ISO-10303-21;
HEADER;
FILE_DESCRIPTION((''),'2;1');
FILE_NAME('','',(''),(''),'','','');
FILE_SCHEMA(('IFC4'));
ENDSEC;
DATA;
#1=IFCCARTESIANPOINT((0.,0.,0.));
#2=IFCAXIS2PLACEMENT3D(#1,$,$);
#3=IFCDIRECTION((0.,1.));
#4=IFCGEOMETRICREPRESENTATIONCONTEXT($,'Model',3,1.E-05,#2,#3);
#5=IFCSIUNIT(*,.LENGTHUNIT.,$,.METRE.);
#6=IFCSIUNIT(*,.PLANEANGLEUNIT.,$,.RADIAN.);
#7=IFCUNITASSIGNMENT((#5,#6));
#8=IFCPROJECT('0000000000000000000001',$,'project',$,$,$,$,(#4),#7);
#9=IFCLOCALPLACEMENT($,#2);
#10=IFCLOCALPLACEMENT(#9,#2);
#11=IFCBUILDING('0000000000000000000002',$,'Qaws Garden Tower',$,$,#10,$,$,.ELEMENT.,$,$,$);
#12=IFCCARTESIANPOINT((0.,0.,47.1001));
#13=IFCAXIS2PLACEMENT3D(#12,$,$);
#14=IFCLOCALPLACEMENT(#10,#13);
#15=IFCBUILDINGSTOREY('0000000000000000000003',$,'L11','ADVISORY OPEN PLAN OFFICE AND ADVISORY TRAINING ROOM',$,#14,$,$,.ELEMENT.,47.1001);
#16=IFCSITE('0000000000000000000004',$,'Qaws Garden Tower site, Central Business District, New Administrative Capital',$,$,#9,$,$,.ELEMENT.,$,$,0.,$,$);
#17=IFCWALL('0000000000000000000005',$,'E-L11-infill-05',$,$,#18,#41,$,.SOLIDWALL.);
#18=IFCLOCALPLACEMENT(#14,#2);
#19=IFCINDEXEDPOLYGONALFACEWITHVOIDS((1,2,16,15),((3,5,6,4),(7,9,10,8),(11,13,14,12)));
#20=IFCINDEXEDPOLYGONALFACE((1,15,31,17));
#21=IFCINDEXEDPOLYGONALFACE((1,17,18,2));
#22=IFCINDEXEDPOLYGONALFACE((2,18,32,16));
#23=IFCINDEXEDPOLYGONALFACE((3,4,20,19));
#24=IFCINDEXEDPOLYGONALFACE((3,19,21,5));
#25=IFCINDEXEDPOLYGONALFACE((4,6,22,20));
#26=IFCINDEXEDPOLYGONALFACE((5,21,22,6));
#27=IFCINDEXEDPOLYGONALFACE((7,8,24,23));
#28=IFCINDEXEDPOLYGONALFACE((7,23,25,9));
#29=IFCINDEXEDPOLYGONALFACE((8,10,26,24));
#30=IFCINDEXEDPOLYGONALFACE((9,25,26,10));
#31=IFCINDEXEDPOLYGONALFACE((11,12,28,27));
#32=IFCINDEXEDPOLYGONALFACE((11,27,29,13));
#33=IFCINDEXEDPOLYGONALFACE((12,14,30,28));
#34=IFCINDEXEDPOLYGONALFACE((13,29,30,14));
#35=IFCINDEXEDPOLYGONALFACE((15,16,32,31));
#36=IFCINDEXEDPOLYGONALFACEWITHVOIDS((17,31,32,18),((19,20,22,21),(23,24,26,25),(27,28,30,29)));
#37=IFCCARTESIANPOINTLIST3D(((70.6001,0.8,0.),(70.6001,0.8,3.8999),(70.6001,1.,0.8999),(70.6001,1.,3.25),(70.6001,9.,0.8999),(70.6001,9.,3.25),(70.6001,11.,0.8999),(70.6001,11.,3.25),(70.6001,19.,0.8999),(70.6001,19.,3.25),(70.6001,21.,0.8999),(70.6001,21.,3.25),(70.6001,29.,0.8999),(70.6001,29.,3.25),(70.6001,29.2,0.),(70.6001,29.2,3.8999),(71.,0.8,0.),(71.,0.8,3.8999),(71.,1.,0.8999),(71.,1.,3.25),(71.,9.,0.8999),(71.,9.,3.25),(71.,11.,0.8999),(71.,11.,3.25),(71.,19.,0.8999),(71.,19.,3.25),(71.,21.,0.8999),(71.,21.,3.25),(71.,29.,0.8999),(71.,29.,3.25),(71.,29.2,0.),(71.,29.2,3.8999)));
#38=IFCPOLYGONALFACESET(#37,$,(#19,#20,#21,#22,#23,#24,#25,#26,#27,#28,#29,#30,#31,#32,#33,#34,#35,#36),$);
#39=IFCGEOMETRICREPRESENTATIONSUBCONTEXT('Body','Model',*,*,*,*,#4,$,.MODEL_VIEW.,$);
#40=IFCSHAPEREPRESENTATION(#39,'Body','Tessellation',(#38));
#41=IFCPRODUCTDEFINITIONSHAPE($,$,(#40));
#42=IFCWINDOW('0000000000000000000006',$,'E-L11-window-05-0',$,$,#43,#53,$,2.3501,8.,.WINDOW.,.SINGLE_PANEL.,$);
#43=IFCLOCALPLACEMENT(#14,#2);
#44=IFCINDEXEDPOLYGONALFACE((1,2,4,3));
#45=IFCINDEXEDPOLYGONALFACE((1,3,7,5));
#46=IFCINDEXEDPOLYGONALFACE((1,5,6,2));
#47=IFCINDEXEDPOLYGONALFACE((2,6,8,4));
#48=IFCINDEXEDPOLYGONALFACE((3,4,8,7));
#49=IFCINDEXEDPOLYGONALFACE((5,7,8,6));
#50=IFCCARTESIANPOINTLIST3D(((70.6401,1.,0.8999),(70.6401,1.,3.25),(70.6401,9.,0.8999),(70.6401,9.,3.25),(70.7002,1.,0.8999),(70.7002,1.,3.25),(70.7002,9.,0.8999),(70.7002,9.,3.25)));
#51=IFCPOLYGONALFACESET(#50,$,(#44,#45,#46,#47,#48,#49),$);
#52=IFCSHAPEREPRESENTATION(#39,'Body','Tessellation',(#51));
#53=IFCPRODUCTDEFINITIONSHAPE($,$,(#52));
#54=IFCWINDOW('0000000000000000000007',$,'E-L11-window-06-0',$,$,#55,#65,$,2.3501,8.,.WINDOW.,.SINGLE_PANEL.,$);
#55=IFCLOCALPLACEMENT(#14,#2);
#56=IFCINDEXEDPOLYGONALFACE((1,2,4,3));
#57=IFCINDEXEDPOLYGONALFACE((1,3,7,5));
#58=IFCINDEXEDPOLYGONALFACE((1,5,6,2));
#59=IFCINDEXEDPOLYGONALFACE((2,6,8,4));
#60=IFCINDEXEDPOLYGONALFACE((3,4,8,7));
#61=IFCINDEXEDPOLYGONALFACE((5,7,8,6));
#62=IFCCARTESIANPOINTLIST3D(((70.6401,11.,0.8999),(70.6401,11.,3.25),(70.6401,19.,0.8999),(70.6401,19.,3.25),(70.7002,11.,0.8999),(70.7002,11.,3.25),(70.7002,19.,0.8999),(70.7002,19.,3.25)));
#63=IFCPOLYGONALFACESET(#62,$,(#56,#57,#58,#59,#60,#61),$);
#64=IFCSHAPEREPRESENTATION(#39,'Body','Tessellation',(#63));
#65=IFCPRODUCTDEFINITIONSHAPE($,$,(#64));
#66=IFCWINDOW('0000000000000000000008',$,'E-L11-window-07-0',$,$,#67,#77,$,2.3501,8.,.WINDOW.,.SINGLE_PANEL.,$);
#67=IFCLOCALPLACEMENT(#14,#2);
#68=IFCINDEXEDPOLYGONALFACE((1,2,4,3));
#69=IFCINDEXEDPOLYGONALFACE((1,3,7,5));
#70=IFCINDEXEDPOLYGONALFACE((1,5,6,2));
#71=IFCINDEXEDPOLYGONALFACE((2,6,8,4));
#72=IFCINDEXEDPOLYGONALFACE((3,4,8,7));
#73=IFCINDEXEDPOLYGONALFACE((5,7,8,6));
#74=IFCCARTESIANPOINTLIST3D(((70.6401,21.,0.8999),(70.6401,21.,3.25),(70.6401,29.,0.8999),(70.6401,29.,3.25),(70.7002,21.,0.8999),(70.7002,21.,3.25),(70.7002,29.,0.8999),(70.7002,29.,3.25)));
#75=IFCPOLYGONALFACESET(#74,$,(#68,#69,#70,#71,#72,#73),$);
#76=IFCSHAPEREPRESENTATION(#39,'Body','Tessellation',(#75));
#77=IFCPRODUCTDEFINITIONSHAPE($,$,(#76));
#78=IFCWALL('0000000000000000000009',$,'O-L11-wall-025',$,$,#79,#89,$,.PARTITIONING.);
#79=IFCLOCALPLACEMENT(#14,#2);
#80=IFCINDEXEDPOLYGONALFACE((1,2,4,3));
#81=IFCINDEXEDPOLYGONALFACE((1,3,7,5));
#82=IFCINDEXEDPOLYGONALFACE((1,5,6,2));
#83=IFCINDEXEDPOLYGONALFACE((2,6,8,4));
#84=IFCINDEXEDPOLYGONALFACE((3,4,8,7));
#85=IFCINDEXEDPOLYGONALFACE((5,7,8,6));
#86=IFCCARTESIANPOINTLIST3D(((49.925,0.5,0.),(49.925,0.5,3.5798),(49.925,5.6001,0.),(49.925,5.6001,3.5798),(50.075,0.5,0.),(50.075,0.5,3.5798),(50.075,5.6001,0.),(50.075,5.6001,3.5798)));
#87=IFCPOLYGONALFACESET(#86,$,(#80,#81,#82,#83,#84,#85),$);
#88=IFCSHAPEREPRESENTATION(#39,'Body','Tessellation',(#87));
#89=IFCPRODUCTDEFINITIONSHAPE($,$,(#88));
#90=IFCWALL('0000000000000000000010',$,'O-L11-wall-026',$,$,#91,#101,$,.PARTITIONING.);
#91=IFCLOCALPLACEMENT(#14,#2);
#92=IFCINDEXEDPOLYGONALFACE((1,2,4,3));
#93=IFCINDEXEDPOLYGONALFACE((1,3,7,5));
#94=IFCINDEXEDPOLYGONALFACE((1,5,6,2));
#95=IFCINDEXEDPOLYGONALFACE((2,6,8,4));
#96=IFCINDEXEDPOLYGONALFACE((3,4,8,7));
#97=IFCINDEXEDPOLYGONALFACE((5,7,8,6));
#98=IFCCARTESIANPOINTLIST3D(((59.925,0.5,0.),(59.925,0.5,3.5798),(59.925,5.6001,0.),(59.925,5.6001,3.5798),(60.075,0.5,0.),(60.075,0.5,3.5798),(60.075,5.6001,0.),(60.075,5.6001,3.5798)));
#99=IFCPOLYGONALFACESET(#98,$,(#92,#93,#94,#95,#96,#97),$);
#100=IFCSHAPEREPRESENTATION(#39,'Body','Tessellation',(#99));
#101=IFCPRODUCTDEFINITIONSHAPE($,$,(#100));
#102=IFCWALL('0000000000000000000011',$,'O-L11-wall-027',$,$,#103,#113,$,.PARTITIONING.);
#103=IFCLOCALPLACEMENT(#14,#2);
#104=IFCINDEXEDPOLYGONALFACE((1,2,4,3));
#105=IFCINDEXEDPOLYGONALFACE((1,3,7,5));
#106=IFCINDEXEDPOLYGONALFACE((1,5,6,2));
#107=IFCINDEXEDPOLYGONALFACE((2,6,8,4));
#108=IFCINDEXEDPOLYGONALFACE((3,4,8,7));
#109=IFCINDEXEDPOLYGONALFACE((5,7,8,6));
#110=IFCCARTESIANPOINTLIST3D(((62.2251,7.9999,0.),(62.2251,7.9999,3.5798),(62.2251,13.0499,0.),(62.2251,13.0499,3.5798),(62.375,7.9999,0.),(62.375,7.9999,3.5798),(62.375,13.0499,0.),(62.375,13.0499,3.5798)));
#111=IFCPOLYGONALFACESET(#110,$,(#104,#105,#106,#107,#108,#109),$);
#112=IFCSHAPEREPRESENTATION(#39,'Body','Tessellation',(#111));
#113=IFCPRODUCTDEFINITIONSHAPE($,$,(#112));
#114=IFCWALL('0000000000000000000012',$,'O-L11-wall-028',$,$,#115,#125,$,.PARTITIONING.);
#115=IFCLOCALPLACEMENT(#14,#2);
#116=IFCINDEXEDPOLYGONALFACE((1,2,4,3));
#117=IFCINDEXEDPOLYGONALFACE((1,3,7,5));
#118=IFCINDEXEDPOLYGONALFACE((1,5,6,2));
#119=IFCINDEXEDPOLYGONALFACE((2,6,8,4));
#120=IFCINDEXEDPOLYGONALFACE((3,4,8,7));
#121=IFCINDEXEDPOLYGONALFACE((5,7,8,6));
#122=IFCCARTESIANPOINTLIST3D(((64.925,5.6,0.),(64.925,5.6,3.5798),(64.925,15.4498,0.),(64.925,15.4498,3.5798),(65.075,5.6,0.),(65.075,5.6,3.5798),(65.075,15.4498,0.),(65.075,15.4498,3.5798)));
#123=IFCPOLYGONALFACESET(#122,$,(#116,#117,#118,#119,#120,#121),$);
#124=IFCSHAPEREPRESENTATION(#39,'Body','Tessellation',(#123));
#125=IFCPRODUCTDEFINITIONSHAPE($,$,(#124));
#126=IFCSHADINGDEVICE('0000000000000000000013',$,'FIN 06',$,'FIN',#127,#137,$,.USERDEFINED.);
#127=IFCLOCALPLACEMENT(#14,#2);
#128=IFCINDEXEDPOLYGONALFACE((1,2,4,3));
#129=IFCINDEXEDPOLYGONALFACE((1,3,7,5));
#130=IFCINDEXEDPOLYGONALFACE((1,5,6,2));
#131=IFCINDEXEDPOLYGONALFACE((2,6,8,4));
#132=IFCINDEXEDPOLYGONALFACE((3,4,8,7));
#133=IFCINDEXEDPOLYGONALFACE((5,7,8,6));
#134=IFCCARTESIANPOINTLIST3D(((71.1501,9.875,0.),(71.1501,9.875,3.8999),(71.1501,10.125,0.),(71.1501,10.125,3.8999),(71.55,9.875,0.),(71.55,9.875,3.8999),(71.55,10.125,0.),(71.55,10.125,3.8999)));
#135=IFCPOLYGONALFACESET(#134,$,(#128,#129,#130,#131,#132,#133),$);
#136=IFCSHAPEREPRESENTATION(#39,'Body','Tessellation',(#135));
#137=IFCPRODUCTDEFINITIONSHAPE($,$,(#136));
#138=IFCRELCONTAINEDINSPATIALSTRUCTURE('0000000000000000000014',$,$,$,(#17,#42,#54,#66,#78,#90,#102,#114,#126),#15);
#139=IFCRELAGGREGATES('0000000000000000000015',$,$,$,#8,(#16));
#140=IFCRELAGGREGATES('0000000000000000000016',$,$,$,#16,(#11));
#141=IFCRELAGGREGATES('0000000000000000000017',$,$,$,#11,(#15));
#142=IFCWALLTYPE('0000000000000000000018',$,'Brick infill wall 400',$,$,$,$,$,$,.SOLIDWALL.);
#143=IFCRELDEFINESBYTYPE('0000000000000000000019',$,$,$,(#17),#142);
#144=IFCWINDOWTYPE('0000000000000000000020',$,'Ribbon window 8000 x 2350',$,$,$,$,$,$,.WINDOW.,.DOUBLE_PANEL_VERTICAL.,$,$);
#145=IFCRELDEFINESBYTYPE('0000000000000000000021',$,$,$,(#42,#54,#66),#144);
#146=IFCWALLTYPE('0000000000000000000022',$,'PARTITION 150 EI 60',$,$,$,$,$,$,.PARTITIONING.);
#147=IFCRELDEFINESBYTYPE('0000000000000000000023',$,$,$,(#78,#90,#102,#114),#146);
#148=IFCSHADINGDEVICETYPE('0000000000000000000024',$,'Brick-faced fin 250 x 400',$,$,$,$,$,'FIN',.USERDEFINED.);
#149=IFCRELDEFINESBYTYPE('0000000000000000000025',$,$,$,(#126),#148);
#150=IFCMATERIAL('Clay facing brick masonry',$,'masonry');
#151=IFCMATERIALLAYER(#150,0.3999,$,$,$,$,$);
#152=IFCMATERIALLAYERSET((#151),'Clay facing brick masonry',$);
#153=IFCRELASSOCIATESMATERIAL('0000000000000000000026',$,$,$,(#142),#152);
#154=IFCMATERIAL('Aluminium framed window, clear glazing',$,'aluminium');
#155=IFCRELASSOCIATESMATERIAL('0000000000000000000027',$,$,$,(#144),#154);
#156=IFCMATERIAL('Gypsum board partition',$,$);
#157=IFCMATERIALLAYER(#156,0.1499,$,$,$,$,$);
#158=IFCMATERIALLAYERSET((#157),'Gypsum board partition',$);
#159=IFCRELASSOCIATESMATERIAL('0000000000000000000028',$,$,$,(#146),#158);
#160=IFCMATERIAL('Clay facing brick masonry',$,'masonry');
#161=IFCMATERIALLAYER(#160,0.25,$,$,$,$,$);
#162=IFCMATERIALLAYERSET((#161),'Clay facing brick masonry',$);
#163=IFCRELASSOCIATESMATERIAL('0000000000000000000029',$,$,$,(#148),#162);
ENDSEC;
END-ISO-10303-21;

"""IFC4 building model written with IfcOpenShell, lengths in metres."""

from ifc_helpers import new_model, si_unit, direction, frame, frame_2d, origin, origin_2d, place, context, subcontext, project, spatial, rectangle, extrude, material, layer, layer_set, type_object, element, fill, save


model = new_model("IFC4")

# Units and contexts
model_context = context("Model", 3, precision=1e-05, world=origin(), true_north=direction((0.0, 1.0)))
body_context = subcontext(model_context, "Body", "Model", "MODEL_VIEW")
ifc_project = project(units=[si_unit("LENGTHUNIT", "METRE"), si_unit("PLANEANGLEUNIT", "RADIAN")], contexts=[model_context])

# Site, building, storey
site_placement = place(None, origin())
site = spatial("IfcSite", under=ifc_project, at=site_placement, Name="Qaws Garden Tower site, Central Business District, New Administrative Capital", CompositionType="ELEMENT", RefElevation=0.0)
building_placement = place(site_placement, origin())
building = spatial("IfcBuilding", under=site, at=building_placement, Name="Qaws Garden Tower", CompositionType="ELEMENT")
storey_placement = place(building_placement, frame((0.0, 0.0, 47.1001)))
storey = spatial("IfcBuildingStorey", under=building, at=storey_placement, Name="L11", Description="ADVISORY OPEN PLAN OFFICE AND ADVISORY TRAINING ROOM", CompositionType="ELEMENT", Elevation=47.1001)

# Wall, openings, windows
ifc_material_1 = material(Name="Clay facing brick masonry", Category="masonry")
ifc_layer_1 = layer(ifc_material_1, 0.3999)
ifc_layer_set_1 = layer_set([ifc_layer_1], Name="Clay facing brick masonry")
wall_type_1 = type_object("IfcWallType", Name="Brick infill wall 400", PredefinedType="SOLIDWALL", material=ifc_layer_set_1)
wall_1_placement = place(storey_placement, frame((70.8, 0.8, 0.0), z_axis=(0.0, 0.0, 1.0), x_axis=(0.0, 1.0, 0.0)))
wall_1 = element("IfcWall", 1, at=wall_1_placement, inside=storey, type_object=wall_type_1, Name="E-L11-infill-05", PredefinedType="SOLIDWALL", context=body_context, shape_type="SweptSolid", body=[
    extrude(rectangle(XDim=28.3999, YDim=0.3999, at=frame_2d((14.2, 0.0))), origin(), (0.0, 0.0, 1.0), 3.8999),
])
opening_1_placement = place(wall_1_placement, frame((0.2, 0.0, 0.8999)))
opening_1 = element("IfcOpeningElement", 2, at=opening_1_placement, cuts=wall_1, PredefinedType="OPENING", context=body_context, shape_type="SweptSolid", body=[
    extrude(rectangle(XDim=8.0, YDim=2.3501, at=frame_2d((4.0, 1.175))), frame((0.0, 0.21, 0.0), z_axis=(0.0, -1.0, 0.0), x_axis=(1.0, 0.0, 0.0)), (0.0, 0.0, 1.0), 0.4199),
])
opening_2_placement = place(wall_1_placement, frame((10.2, 0.0, 0.8999)))
opening_2 = element("IfcOpeningElement", 3, at=opening_2_placement, cuts=wall_1, PredefinedType="OPENING", context=body_context, shape_type="SweptSolid", body=[
    extrude(rectangle(XDim=8.0, YDim=2.3501, at=frame_2d((4.0, 1.175))), frame((0.0, 0.21, 0.0), z_axis=(0.0, -1.0, 0.0), x_axis=(1.0, 0.0, 0.0)), (0.0, 0.0, 1.0), 0.4199),
])
opening_3_placement = place(wall_1_placement, frame((20.2, 0.0, 0.8999)))
opening_3 = element("IfcOpeningElement", 4, at=opening_3_placement, cuts=wall_1, PredefinedType="OPENING", context=body_context, shape_type="SweptSolid", body=[
    extrude(rectangle(XDim=8.0, YDim=2.3501, at=frame_2d((4.0, 1.175))), frame((0.0, 0.21, 0.0), z_axis=(0.0, -1.0, 0.0), x_axis=(1.0, 0.0, 0.0)), (0.0, 0.0, 1.0), 0.4199),
])
ifc_material_2 = material(Name="Aluminium framed window, clear glazing", Category="aluminium")
window_type = type_object("IfcWindowType", Name="Ribbon window 8000 x 2350", PartitioningType="DOUBLE_PANEL_VERTICAL", PredefinedType="WINDOW", material=ifc_material_2)
window_1_placement = place(opening_1_placement, origin())
window_1 = element("IfcWindow", 5, at=window_1_placement, inside=storey, type_object=window_type, Name="E-L11-window-05-0", OverallHeight=2.3501, OverallWidth=8.0, PartitioningType="SINGLE_PANEL", PredefinedType="WINDOW", context=body_context, shape_type="SweptSolid", body=[
    extrude(rectangle(XDim=8.0, YDim=2.3501, at=frame_2d((4.0, 1.175))), frame((0.0, 0.1599, 0.0), z_axis=(0.0, -1.0, 0.0), x_axis=(1.0, 0.0, 0.0)), (0.0, 0.0, 1.0), 0.0601),
])
fill(opening_1, window_1)
window_2_placement = place(opening_2_placement, origin())
window_2 = element("IfcWindow", 6, at=window_2_placement, inside=storey, type_object=window_type, Name="E-L11-window-06-0", OverallHeight=2.3501, OverallWidth=8.0, PartitioningType="SINGLE_PANEL", PredefinedType="WINDOW", context=body_context, shape_type="SweptSolid", body=[
    extrude(rectangle(XDim=8.0, YDim=2.3501, at=frame_2d((4.0, 1.175))), frame((0.0, 0.1599, 0.0), z_axis=(0.0, -1.0, 0.0), x_axis=(1.0, 0.0, 0.0)), (0.0, 0.0, 1.0), 0.0601),
])
fill(opening_2, window_2)
window_3_placement = place(opening_3_placement, origin())
window_3 = element("IfcWindow", 7, at=window_3_placement, inside=storey, type_object=window_type, Name="E-L11-window-07-0", OverallHeight=2.3501, OverallWidth=8.0, PartitioningType="SINGLE_PANEL", PredefinedType="WINDOW", context=body_context, shape_type="SweptSolid", body=[
    extrude(rectangle(XDim=8.0, YDim=2.3501, at=frame_2d((4.0, 1.175))), frame((0.0, 0.1599, 0.0), z_axis=(0.0, -1.0, 0.0), x_axis=(1.0, 0.0, 0.0)), (0.0, 0.0, 1.0), 0.0601),
])
fill(opening_3, window_3)

# Walls
ifc_material_3 = material(Name="Gypsum board partition")
ifc_layer_2 = layer(ifc_material_3, 0.1499)
ifc_layer_set_2 = layer_set([ifc_layer_2], Name="Gypsum board partition")
wall_type_2 = type_object("IfcWallType", Name="PARTITION 150 EI 60", PredefinedType="PARTITIONING", material=ifc_layer_set_2)
for number, where, z_axis, x_axis, name in (
    (8, (50.0, 0.5, 0.0), (0.0, 0.0, 1.0), (0.0, 1.0, 0.0), "O-L11-wall-025"),
    (9, (60.0, 0.5, 0.0), (0.0, 0.0, 1.0), (0.0, 1.0, 0.0), "O-L11-wall-026"),
):
    element("IfcWall", number, at=place(storey_placement, frame(where, z_axis=z_axis, x_axis=x_axis)), inside=storey, type_object=wall_type_2, Name=name, PredefinedType="PARTITIONING", context=body_context, shape_type="SweptSolid", body=[
        extrude(rectangle(XDim=5.1001, YDim=0.1499, at=frame_2d((2.55, 0.0))), origin(), (0.0, 0.0, 1.0), 3.5798),
    ])
wall_2_placement = place(storey_placement, frame((62.3, 8.0, 0.0), z_axis=(0.0, 0.0, 1.0), x_axis=(0.0, 1.0, 0.0)))
element("IfcWall", 10, at=wall_2_placement, inside=storey, type_object=wall_type_2, Name="O-L11-wall-027", PredefinedType="PARTITIONING", context=body_context, shape_type="SweptSolid", body=[
    extrude(rectangle(XDim=5.05, YDim=0.1499, at=frame_2d((2.5249, 0.0))), origin(), (0.0, 0.0, 1.0), 3.5798),
])
wall_3_placement = place(storey_placement, frame((65.0, 5.6001, 0.0), z_axis=(0.0, 0.0, 1.0), x_axis=(0.0, 1.0, 0.0)))
element("IfcWall", 11, at=wall_3_placement, inside=storey, type_object=wall_type_2, Name="O-L11-wall-028", PredefinedType="PARTITIONING", context=body_context, shape_type="SweptSolid", body=[
    extrude(rectangle(XDim=9.8499, YDim=0.1499, at=frame_2d((4.9248, 0.0))), origin(), (0.0, 0.0, 1.0), 3.5798),
])

# Shading device
ifc_material_4 = material(Name="Clay facing brick masonry", Category="masonry")
ifc_layer_3 = layer(ifc_material_4, 0.25)
ifc_layer_set_3 = layer_set([ifc_layer_3], Name="Clay facing brick masonry")
shading_device_type = type_object("IfcShadingDeviceType", Name="Brick-faced fin 250 x 400", ElementType="FIN", PredefinedType="USERDEFINED", material=ifc_layer_set_3)
shading_device_placement = place(storey_placement, frame((71.3501, 10.0, 0.0), z_axis=(0.0, 0.0, 1.0), x_axis=(0.0, 1.0, 0.0)))
element("IfcShadingDevice", 12, at=shading_device_placement, inside=storey, type_object=shading_device_type, Name="FIN 06", ObjectType="FIN", PredefinedType="USERDEFINED", context=body_context, shape_type="SweptSolid", body=[
    extrude(rectangle(XDim=0.25, YDim=0.3999, at=origin_2d()), origin(), (0.0, 0.0, 1.0), 3.8999),
])

save(model, "model.ifc")
